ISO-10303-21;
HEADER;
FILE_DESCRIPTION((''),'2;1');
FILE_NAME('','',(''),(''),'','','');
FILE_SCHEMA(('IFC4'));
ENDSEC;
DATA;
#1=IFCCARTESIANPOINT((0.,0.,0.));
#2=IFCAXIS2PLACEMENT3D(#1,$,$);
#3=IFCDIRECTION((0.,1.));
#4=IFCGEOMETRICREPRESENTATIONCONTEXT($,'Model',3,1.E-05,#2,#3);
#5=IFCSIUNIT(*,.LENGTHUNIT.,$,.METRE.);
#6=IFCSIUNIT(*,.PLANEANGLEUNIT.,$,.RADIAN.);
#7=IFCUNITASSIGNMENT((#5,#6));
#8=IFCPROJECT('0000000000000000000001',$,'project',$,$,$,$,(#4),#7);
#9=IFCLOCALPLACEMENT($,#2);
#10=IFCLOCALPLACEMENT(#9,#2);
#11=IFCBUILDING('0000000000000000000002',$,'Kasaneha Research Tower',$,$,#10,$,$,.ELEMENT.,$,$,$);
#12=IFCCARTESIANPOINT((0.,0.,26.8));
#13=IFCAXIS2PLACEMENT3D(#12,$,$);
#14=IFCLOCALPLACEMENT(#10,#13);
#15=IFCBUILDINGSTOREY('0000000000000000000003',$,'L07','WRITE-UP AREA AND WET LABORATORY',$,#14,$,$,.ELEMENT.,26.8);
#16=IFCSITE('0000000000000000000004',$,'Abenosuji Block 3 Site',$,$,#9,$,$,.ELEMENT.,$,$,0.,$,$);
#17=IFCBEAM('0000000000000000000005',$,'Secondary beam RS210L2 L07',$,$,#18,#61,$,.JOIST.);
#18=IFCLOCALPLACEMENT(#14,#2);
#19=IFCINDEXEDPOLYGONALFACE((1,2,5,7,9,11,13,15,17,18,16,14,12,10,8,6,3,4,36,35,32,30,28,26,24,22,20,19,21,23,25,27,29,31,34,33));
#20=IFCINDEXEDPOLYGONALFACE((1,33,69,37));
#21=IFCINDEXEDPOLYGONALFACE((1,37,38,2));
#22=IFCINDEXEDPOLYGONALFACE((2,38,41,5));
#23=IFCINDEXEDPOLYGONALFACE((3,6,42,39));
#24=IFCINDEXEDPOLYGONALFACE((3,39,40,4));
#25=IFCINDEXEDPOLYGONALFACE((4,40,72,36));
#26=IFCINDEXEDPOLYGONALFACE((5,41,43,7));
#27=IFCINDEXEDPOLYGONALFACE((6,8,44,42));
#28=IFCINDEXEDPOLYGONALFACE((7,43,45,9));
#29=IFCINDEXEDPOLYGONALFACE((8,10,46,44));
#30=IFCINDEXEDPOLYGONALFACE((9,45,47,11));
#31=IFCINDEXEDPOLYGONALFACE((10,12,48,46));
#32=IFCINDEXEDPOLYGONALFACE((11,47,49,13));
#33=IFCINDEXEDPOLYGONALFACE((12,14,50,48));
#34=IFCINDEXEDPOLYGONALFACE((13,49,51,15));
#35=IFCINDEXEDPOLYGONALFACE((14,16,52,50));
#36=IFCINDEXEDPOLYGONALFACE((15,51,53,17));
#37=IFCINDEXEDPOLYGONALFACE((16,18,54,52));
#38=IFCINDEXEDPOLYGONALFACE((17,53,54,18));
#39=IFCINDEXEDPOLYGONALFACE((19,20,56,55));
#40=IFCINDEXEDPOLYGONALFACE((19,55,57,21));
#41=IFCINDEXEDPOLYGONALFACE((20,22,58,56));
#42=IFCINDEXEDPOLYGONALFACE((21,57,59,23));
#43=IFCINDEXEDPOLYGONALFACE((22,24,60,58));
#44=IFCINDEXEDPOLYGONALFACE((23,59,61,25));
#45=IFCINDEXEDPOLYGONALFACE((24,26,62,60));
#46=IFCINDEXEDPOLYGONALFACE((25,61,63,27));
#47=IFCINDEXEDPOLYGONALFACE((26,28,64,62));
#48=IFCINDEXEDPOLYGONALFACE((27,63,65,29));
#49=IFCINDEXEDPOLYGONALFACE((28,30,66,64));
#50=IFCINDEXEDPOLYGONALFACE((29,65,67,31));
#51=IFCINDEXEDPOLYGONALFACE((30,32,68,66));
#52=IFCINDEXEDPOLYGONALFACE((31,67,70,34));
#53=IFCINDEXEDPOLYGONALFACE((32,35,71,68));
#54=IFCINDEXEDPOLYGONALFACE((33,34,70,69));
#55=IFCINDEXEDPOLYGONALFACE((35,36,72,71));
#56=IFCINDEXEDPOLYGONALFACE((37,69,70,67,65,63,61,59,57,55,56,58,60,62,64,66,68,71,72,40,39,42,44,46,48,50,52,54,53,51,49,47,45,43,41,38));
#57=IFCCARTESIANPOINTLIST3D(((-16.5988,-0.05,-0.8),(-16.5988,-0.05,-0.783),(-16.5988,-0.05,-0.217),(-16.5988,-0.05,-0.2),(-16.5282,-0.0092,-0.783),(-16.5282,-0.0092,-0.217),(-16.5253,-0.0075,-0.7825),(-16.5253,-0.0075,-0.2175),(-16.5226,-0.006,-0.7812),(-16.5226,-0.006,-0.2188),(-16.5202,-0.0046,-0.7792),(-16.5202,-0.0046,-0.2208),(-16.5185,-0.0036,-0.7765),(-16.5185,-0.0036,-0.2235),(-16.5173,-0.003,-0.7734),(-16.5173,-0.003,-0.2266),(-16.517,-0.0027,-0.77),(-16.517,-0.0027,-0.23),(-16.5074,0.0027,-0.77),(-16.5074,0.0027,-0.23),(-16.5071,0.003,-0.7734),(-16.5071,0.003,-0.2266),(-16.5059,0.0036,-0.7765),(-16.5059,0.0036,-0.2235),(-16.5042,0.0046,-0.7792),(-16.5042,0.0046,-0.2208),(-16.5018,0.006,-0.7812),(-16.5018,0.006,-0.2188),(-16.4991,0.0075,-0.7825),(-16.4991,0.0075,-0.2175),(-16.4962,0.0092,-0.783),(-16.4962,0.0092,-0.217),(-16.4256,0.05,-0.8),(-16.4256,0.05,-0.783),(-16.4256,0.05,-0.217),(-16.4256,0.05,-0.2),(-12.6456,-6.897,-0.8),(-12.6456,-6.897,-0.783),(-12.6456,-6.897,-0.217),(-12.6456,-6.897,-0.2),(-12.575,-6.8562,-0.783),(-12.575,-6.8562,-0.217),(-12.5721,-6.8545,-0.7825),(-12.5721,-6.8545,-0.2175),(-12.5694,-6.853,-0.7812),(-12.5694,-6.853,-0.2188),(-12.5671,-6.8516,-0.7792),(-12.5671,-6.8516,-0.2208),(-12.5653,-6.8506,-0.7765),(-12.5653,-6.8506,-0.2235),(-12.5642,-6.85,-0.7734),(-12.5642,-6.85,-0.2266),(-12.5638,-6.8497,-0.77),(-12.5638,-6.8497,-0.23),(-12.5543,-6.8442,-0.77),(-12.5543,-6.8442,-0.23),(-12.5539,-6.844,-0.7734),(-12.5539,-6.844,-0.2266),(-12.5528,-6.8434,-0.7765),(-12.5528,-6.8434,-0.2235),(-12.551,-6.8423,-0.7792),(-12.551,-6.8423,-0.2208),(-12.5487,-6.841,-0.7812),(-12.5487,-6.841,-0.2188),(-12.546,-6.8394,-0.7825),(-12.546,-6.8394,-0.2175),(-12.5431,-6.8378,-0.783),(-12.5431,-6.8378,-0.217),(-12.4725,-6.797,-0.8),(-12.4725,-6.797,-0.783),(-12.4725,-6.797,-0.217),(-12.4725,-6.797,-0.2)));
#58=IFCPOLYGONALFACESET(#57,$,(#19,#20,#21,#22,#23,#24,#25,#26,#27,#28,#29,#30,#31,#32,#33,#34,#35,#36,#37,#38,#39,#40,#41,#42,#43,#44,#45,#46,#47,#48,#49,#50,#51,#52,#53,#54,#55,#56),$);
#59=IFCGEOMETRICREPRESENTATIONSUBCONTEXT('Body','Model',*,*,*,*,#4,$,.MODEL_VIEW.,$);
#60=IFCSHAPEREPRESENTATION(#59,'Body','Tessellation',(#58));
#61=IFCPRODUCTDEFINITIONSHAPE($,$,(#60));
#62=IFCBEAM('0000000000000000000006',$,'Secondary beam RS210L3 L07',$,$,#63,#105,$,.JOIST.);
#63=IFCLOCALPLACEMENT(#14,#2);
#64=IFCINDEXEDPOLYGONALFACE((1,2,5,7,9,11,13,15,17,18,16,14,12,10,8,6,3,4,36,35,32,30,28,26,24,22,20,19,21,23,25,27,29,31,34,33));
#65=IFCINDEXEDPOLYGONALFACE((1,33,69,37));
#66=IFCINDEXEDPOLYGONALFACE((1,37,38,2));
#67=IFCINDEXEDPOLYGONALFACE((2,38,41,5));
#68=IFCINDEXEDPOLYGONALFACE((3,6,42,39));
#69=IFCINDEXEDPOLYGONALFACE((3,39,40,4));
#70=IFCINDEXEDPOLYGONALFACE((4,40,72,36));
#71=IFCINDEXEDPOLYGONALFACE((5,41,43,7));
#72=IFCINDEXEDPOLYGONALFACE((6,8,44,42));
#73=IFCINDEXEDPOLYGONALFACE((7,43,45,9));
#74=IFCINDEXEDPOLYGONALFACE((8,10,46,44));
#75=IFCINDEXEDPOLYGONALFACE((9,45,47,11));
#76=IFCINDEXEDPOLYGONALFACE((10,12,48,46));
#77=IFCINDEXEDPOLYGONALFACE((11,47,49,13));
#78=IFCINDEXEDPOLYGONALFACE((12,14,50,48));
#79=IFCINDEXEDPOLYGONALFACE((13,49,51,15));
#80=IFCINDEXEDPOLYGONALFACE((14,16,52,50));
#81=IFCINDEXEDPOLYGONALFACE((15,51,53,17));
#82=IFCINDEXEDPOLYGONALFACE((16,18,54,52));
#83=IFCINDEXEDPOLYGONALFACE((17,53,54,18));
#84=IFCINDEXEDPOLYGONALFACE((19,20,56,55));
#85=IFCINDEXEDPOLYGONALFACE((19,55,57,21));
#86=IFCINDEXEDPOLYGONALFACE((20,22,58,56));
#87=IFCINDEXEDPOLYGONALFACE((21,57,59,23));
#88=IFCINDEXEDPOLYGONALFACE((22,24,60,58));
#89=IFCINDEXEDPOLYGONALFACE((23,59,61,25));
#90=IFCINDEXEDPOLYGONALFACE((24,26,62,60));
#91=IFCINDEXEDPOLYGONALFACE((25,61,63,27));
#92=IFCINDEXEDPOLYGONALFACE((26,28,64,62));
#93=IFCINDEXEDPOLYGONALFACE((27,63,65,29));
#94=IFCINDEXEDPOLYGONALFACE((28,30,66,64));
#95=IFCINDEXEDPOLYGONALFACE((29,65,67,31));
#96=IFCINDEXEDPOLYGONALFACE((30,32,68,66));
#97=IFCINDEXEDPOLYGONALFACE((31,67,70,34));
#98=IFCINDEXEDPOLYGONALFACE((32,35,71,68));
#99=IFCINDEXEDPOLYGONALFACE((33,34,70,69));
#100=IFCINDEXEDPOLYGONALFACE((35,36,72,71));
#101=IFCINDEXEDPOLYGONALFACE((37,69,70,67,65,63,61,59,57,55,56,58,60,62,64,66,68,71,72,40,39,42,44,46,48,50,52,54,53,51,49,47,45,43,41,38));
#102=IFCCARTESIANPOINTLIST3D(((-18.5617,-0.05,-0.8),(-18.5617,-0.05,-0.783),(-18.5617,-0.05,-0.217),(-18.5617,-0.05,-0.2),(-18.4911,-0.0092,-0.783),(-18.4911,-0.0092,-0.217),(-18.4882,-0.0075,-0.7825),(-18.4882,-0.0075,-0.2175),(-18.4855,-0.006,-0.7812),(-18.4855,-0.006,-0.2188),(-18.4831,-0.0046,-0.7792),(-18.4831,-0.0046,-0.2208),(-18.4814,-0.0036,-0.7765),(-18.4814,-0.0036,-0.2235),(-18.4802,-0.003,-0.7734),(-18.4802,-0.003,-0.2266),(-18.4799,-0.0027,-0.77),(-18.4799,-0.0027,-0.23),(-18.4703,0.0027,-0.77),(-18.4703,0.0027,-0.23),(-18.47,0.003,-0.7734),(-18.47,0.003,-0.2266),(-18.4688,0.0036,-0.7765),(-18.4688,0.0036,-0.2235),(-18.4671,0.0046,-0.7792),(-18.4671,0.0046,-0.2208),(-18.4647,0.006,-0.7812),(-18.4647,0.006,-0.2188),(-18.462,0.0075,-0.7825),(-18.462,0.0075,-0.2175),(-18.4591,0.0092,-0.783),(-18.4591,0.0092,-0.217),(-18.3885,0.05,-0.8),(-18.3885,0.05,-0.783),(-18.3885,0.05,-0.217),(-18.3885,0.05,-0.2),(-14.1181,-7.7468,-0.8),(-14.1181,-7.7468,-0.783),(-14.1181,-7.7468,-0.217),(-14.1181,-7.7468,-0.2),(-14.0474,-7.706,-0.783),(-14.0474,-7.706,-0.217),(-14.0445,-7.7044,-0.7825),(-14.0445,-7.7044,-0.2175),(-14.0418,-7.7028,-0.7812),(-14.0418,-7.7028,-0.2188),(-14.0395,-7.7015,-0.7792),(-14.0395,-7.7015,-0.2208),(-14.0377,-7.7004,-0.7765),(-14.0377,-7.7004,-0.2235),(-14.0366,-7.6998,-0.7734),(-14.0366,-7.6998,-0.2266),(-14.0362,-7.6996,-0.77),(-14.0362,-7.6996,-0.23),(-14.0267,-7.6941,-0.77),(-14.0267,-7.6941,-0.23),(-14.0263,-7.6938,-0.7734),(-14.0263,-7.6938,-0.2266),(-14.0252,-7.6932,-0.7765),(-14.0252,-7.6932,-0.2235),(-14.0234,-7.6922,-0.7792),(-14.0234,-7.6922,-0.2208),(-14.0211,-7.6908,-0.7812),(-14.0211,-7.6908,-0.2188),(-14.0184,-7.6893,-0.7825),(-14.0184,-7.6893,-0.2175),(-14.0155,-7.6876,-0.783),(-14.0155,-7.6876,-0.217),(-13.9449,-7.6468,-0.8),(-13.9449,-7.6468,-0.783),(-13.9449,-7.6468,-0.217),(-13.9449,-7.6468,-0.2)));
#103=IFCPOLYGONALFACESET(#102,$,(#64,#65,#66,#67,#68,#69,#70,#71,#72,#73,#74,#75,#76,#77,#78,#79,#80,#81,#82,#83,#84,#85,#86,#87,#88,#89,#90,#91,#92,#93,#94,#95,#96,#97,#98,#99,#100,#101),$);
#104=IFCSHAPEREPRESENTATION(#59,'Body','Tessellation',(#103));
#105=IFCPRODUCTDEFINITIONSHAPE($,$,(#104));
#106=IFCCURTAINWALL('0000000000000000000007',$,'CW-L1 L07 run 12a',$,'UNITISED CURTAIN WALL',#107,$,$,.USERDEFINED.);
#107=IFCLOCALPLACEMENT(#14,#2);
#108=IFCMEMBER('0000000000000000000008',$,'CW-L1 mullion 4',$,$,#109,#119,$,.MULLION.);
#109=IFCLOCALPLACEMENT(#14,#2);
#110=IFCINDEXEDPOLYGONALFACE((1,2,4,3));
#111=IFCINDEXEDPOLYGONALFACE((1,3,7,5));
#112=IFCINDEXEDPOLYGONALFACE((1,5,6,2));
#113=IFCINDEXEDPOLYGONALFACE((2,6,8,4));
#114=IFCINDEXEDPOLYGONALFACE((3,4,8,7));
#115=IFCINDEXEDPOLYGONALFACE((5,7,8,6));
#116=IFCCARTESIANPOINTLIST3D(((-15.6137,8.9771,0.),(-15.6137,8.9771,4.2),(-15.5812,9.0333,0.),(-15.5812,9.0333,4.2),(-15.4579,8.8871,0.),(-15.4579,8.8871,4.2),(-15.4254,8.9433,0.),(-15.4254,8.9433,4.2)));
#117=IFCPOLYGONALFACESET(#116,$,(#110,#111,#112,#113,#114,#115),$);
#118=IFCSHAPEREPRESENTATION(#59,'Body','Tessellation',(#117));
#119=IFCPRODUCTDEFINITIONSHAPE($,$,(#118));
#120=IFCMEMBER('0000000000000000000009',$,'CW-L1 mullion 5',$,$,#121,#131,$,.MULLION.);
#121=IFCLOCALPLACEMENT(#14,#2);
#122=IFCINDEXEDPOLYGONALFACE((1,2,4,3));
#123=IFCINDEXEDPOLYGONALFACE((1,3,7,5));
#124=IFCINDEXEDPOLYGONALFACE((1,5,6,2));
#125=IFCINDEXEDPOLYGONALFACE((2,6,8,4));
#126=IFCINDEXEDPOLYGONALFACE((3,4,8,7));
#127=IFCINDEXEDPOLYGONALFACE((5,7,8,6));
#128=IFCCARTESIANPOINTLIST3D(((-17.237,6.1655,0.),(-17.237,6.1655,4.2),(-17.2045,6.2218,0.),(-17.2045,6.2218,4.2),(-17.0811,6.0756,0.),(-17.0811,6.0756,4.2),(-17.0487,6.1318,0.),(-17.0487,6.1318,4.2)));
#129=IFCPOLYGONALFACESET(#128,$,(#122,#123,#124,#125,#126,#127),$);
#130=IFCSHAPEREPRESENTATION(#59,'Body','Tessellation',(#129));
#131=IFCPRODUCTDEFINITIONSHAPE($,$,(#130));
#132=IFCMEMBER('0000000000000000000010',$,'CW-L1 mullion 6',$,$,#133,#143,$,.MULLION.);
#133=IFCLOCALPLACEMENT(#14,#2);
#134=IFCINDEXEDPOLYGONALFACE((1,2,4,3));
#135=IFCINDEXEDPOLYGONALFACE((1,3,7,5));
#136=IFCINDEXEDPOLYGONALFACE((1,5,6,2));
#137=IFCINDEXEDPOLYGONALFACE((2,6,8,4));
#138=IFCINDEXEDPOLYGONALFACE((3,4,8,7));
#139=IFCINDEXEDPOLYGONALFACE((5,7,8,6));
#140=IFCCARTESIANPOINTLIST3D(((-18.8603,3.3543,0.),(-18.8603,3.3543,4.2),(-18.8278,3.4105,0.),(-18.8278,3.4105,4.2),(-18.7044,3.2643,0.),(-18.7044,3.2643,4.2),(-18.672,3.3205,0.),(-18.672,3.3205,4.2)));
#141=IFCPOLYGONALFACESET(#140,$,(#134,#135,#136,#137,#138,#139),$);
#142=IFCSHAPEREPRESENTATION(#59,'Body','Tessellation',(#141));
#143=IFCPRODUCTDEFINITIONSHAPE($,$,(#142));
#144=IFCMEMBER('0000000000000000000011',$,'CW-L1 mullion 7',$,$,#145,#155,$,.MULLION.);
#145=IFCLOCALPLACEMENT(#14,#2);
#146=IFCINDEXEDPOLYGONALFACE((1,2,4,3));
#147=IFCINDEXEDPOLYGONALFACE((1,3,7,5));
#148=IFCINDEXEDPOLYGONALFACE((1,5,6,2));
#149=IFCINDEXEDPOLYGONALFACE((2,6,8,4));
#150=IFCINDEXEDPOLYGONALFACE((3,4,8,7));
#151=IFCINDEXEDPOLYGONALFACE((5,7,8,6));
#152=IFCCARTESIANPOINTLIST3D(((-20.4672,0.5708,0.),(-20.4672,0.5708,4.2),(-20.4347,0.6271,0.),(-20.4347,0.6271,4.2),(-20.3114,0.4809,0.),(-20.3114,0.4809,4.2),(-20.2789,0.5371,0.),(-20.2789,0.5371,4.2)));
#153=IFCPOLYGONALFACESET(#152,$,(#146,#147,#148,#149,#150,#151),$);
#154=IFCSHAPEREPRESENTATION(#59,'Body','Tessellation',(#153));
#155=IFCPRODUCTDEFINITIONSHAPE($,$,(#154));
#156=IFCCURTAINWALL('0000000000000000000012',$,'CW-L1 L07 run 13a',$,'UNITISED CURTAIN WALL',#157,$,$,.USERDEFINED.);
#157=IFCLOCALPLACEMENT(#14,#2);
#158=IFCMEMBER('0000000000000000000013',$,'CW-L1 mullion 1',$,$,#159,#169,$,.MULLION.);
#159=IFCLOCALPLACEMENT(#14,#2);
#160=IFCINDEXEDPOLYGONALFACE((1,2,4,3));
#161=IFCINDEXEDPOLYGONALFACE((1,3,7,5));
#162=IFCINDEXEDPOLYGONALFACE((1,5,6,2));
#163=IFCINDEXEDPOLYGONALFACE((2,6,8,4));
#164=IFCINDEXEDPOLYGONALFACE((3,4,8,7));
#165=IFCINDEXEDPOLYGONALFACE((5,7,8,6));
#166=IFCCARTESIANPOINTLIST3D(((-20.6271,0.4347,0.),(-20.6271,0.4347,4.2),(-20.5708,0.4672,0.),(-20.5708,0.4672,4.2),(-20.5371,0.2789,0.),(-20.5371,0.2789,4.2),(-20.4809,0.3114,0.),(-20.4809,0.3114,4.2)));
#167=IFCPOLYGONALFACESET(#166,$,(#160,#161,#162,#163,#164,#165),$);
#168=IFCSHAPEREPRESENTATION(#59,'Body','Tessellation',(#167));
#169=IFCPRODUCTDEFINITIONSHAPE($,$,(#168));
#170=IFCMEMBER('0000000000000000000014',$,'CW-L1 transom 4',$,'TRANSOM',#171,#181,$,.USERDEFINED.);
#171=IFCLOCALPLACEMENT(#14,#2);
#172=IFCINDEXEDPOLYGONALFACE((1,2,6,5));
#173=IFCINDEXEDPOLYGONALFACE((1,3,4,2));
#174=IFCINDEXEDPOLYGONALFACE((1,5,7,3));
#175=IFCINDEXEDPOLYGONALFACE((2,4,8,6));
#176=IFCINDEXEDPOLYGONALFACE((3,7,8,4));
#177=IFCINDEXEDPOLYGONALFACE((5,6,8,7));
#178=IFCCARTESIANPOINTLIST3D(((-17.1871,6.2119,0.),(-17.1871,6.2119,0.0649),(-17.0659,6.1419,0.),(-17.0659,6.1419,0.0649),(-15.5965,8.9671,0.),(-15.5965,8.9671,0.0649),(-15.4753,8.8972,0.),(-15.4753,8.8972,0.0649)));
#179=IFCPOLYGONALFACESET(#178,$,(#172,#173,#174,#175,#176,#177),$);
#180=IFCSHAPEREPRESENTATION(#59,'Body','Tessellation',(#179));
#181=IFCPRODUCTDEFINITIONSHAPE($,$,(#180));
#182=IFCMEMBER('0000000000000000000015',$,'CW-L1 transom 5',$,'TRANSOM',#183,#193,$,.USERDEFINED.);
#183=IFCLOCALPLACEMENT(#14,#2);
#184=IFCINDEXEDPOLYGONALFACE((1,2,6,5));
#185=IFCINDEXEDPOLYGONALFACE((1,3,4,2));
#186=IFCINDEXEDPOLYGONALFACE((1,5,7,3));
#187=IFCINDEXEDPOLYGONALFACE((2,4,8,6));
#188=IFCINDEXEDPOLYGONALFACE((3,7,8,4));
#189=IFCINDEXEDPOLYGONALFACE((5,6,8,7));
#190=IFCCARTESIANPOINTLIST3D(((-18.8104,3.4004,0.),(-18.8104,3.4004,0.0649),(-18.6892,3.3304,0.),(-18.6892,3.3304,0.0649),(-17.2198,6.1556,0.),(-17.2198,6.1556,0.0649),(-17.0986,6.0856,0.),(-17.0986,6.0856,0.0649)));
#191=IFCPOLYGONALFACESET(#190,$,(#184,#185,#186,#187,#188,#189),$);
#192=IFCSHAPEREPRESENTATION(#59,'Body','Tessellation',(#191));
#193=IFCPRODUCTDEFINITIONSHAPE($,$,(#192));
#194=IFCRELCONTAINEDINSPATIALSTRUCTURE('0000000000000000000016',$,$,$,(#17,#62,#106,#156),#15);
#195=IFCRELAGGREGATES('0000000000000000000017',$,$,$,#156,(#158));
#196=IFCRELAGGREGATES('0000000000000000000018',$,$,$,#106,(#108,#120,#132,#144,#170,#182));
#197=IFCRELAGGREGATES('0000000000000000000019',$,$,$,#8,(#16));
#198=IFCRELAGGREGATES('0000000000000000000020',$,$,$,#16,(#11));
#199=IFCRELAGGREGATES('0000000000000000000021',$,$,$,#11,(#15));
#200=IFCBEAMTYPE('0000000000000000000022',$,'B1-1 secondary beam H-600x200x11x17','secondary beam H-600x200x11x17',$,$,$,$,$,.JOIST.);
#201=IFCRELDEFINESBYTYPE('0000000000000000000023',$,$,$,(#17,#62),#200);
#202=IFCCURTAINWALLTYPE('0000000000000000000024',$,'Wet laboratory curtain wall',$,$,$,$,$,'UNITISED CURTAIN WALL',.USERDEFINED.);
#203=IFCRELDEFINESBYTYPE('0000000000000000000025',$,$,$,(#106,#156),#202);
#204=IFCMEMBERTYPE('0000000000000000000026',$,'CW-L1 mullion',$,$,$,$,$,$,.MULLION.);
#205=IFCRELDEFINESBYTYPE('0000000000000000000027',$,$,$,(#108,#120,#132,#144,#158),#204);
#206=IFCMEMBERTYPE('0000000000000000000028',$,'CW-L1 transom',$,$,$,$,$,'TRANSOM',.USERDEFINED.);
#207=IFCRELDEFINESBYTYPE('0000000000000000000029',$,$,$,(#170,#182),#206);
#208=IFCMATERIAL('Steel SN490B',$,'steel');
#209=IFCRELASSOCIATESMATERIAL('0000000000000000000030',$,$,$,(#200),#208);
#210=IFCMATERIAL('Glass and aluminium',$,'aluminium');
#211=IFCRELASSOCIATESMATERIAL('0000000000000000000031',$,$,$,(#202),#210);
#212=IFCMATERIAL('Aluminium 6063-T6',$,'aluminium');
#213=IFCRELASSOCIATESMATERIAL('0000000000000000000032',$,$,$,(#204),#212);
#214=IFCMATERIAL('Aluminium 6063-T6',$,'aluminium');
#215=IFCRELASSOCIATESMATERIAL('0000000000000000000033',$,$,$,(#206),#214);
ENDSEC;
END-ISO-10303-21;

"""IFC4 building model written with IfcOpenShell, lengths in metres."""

from ifc_helpers import new_model, si_unit, direction, frame, origin, origin_2d, place, context, subcontext, project, spatial, rectangle, i_section, extrude, material, material_profile, profile_set, type_object, element, aggregate, save


model = new_model("IFC4")

# Units and contexts
model_context = context("Model", 3, precision=1e-05, world=origin(), true_north=direction((0.0, 1.0)))
body_context = subcontext(model_context, "Body", "Model", "MODEL_VIEW")
ifc_project = project(units=[si_unit("LENGTHUNIT", "METRE"), si_unit("PLANEANGLEUNIT", "RADIAN")], contexts=[model_context])

# Site, building, storey
site_placement = place(None, origin())
site = spatial("IfcSite", under=ifc_project, at=site_placement, Name="Abenosuji Block 3 Site", CompositionType="ELEMENT", RefElevation=0.0)
building_placement = place(site_placement, origin())
building = spatial("IfcBuilding", under=site, at=building_placement, Name="Kasaneha Research Tower", CompositionType="ELEMENT")
storey_placement = place(building_placement, frame((0.0, 0.0, 26.8)))
storey = spatial("IfcBuildingStorey", under=building, at=storey_placement, Name="L07", Description="WRITE-UP AREA AND WET LABORATORY", CompositionType="ELEMENT", Elevation=26.8)

# Beams
ifc_material_1 = material(Name="Steel SN490B", Category="steel")
ifc_material_profile_1 = material_profile(ifc_material_1, i_section(OverallWidth=0.2, OverallDepth=0.6001, WebThickness=0.011, FlangeThickness=0.0171, FilletRadius=0.0129, at=origin_2d()), Name="H-600x200x11x17")
ifc_profile_set_1 = profile_set([ifc_material_profile_1], Name="Steel SN490B")
beam_type_1 = type_object("IfcBeamType", Name="B1-1 secondary beam H-600x200x11x17", Description="secondary beam H-600x200x11x17", PredefinedType="JOIST", material=ifc_profile_set_1)
beam_1_placement = place(storey_placement, frame((-16.5122, 0.0, -0.5), z_axis=(0.500005, -0.866023, 0.0), x_axis=(0.866023, 0.500005, 0.0)))
element("IfcBeam", 1, at=beam_1_placement, inside=storey, type_object=beam_type_1, Name="Secondary beam RS210L2 L07", PredefinedType="JOIST", context=body_context, shape_type="SweptSolid", body=[
    extrude(i_section(OverallWidth=0.2, OverallDepth=0.6001, WebThickness=0.011, FlangeThickness=0.0171, FilletRadius=0.0129, at=origin_2d()), origin(), (0.0, 0.0, 1.0), 7.9062),
])
beam_2_placement = place(storey_placement, frame((-18.4751, 0.0, -0.5), z_axis=(0.499989, -0.866032, 0.0), x_axis=(0.866032, 0.499989, 0.0)))
element("IfcBeam", 2, at=beam_2_placement, inside=storey, type_object=beam_type_1, Name="Secondary beam RS210L3 L07", PredefinedType="JOIST", context=body_context, shape_type="SweptSolid", body=[
    extrude(i_section(OverallWidth=0.2, OverallDepth=0.6001, WebThickness=0.011, FlangeThickness=0.0171, FilletRadius=0.0129, at=origin_2d()), origin(), (0.0, 0.0, 1.0), 8.8875),
])

# Curtain wall, members
ifc_material_2 = material(Name="Glass and aluminium", Category="aluminium")
curtain_wall_type = type_object("IfcCurtainWallType", Name="Wet laboratory curtain wall", ElementType="UNITISED CURTAIN WALL", PredefinedType="USERDEFINED", material=ifc_material_2)
curtain_wall_1_placement = place(storey_placement, origin())
curtain_wall_1 = element("IfcCurtainWall", 3, at=curtain_wall_1_placement, inside=storey, type_object=curtain_wall_type, Name="CW-L1 L07 run 12a", ObjectType="UNITISED CURTAIN WALL", PredefinedType="USERDEFINED")
ifc_material_3 = material(Name="Aluminium 6063-T6", Category="aluminium")
ifc_material_profile_2 = material_profile(ifc_material_3, rectangle(XDim=0.0649, YDim=0.1799, at=origin_2d()), Name="CW-L1 mullion 65x180")
ifc_profile_set_2 = profile_set([ifc_material_profile_2], Name="Aluminium 6063-T6")
member_type_1 = type_object("IfcMemberType", Name="CW-L1 mullion", PredefinedType="MULLION", material=ifc_profile_set_2)
member_1_placement = place(storey_placement, frame((-15.5195, 8.9602, 0.0), z_axis=(0.0, 0.0, 1.0), x_axis=(-0.5, -0.866025, 0.0)))
member_1 = element("IfcMember", 4, at=member_1_placement, type_object=member_type_1, Name="CW-L1 mullion 4", PredefinedType="MULLION", context=body_context, shape_type="SweptSolid", body=[
    extrude(rectangle(XDim=0.0649, YDim=0.1799, at=origin_2d()), origin(), (0.0, 0.0, 1.0), 4.2),
])
member_2_placement = place(storey_placement, frame((-17.1428, 6.1487, 0.0), z_axis=(0.0, 0.0, 1.0), x_axis=(-0.5, -0.866025, 0.0)))
member_2 = element("IfcMember", 5, at=member_2_placement, type_object=member_type_1, Name="CW-L1 mullion 5", PredefinedType="MULLION", context=body_context, shape_type="SweptSolid", body=[
    extrude(rectangle(XDim=0.0649, YDim=0.1799, at=origin_2d()), origin(), (0.0, 0.0, 1.0), 4.2),
])
member_3_placement = place(storey_placement, frame((-18.7661, 3.3374, 0.0), z_axis=(0.0, 0.0, 1.0), x_axis=(-0.5, -0.866025, 0.0)))
member_3 = element("IfcMember", 6, at=member_3_placement, type_object=member_type_1, Name="CW-L1 mullion 6", PredefinedType="MULLION", context=body_context, shape_type="SweptSolid", body=[
    extrude(rectangle(XDim=0.0649, YDim=0.1799, at=origin_2d()), origin(), (0.0, 0.0, 1.0), 4.2),
])
member_4_placement = place(storey_placement, frame((-20.373, 0.554, 0.0), z_axis=(0.0, 0.0, 1.0), x_axis=(-0.5, -0.866025, 0.0)))
member_4 = element("IfcMember", 7, at=member_4_placement, type_object=member_type_1, Name="CW-L1 mullion 7", PredefinedType="MULLION", context=body_context, shape_type="SweptSolid", body=[
    extrude(rectangle(XDim=0.0649, YDim=0.1799, at=origin_2d()), origin(), (0.0, 0.0, 1.0), 4.2),
])

# Curtain wall, member
curtain_wall_2_placement = place(storey_placement, origin())
curtain_wall_2 = element("IfcCurtainWall", 8, at=curtain_wall_2_placement, inside=storey, type_object=curtain_wall_type, Name="CW-L1 L07 run 13a", ObjectType="UNITISED CURTAIN WALL", PredefinedType="USERDEFINED")
member_5_placement = place(storey_placement, frame((-20.554, 0.373, 0.0), z_axis=(0.0, 0.0, 1.0), x_axis=(-0.866025, -0.5, 0.0)))
member_5 = element("IfcMember", 9, at=member_5_placement, type_object=member_type_1, Name="CW-L1 mullion 1", PredefinedType="MULLION", context=body_context, shape_type="SweptSolid", body=[
    extrude(rectangle(XDim=0.0649, YDim=0.1799, at=origin_2d()), origin(), (0.0, 0.0, 1.0), 4.2),
])

# Members
ifc_material_4 = material(Name="Aluminium 6063-T6", Category="aluminium")
ifc_material_profile_3 = material_profile(ifc_material_4, rectangle(XDim=0.1399, YDim=0.0649, at=origin_2d()), Name="CW-L1 transom 140x65")
ifc_profile_set_3 = profile_set([ifc_material_profile_3], Name="Aluminium 6063-T6")
member_type_2 = type_object("IfcMemberType", Name="CW-L1 transom", ElementType="TRANSOM", PredefinedType="USERDEFINED", material=ifc_profile_set_3)
member_6_placement = place(storey_placement, frame((-15.5359, 8.9321, 0.0325), z_axis=(-0.499977, -0.866039, 0.0), x_axis=(0.866039, -0.499977, 0.0)))
member_6 = element("IfcMember", 10, at=member_6_placement, type_object=member_type_2, Name="CW-L1 transom 4", ObjectType="TRANSOM", PredefinedType="USERDEFINED", context=body_context, shape_type="SweptSolid", body=[
    extrude(rectangle(XDim=0.1399, YDim=0.0649, at=origin_2d()), origin(), (0.0, 0.0, 1.0), 3.1814),
])
member_7_placement = place(storey_placement, frame((-17.1592, 6.1206, 0.0325), z_axis=(-0.499977, -0.866039, 0.0), x_axis=(0.866039, -0.499977, 0.0)))
member_7 = element("IfcMember", 11, at=member_7_placement, type_object=member_type_2, Name="CW-L1 transom 5", ObjectType="TRANSOM", PredefinedType="USERDEFINED", context=body_context, shape_type="SweptSolid", body=[
    extrude(rectangle(XDim=0.1399, YDim=0.0649, at=origin_2d()), origin(), (0.0, 0.0, 1.0), 3.1814),
])
aggregate(curtain_wall_2, [member_5])

aggregate(curtain_wall_1, [member_1, member_2, member_3, member_4, member_6, member_7])

save(model, "model.ifc")
